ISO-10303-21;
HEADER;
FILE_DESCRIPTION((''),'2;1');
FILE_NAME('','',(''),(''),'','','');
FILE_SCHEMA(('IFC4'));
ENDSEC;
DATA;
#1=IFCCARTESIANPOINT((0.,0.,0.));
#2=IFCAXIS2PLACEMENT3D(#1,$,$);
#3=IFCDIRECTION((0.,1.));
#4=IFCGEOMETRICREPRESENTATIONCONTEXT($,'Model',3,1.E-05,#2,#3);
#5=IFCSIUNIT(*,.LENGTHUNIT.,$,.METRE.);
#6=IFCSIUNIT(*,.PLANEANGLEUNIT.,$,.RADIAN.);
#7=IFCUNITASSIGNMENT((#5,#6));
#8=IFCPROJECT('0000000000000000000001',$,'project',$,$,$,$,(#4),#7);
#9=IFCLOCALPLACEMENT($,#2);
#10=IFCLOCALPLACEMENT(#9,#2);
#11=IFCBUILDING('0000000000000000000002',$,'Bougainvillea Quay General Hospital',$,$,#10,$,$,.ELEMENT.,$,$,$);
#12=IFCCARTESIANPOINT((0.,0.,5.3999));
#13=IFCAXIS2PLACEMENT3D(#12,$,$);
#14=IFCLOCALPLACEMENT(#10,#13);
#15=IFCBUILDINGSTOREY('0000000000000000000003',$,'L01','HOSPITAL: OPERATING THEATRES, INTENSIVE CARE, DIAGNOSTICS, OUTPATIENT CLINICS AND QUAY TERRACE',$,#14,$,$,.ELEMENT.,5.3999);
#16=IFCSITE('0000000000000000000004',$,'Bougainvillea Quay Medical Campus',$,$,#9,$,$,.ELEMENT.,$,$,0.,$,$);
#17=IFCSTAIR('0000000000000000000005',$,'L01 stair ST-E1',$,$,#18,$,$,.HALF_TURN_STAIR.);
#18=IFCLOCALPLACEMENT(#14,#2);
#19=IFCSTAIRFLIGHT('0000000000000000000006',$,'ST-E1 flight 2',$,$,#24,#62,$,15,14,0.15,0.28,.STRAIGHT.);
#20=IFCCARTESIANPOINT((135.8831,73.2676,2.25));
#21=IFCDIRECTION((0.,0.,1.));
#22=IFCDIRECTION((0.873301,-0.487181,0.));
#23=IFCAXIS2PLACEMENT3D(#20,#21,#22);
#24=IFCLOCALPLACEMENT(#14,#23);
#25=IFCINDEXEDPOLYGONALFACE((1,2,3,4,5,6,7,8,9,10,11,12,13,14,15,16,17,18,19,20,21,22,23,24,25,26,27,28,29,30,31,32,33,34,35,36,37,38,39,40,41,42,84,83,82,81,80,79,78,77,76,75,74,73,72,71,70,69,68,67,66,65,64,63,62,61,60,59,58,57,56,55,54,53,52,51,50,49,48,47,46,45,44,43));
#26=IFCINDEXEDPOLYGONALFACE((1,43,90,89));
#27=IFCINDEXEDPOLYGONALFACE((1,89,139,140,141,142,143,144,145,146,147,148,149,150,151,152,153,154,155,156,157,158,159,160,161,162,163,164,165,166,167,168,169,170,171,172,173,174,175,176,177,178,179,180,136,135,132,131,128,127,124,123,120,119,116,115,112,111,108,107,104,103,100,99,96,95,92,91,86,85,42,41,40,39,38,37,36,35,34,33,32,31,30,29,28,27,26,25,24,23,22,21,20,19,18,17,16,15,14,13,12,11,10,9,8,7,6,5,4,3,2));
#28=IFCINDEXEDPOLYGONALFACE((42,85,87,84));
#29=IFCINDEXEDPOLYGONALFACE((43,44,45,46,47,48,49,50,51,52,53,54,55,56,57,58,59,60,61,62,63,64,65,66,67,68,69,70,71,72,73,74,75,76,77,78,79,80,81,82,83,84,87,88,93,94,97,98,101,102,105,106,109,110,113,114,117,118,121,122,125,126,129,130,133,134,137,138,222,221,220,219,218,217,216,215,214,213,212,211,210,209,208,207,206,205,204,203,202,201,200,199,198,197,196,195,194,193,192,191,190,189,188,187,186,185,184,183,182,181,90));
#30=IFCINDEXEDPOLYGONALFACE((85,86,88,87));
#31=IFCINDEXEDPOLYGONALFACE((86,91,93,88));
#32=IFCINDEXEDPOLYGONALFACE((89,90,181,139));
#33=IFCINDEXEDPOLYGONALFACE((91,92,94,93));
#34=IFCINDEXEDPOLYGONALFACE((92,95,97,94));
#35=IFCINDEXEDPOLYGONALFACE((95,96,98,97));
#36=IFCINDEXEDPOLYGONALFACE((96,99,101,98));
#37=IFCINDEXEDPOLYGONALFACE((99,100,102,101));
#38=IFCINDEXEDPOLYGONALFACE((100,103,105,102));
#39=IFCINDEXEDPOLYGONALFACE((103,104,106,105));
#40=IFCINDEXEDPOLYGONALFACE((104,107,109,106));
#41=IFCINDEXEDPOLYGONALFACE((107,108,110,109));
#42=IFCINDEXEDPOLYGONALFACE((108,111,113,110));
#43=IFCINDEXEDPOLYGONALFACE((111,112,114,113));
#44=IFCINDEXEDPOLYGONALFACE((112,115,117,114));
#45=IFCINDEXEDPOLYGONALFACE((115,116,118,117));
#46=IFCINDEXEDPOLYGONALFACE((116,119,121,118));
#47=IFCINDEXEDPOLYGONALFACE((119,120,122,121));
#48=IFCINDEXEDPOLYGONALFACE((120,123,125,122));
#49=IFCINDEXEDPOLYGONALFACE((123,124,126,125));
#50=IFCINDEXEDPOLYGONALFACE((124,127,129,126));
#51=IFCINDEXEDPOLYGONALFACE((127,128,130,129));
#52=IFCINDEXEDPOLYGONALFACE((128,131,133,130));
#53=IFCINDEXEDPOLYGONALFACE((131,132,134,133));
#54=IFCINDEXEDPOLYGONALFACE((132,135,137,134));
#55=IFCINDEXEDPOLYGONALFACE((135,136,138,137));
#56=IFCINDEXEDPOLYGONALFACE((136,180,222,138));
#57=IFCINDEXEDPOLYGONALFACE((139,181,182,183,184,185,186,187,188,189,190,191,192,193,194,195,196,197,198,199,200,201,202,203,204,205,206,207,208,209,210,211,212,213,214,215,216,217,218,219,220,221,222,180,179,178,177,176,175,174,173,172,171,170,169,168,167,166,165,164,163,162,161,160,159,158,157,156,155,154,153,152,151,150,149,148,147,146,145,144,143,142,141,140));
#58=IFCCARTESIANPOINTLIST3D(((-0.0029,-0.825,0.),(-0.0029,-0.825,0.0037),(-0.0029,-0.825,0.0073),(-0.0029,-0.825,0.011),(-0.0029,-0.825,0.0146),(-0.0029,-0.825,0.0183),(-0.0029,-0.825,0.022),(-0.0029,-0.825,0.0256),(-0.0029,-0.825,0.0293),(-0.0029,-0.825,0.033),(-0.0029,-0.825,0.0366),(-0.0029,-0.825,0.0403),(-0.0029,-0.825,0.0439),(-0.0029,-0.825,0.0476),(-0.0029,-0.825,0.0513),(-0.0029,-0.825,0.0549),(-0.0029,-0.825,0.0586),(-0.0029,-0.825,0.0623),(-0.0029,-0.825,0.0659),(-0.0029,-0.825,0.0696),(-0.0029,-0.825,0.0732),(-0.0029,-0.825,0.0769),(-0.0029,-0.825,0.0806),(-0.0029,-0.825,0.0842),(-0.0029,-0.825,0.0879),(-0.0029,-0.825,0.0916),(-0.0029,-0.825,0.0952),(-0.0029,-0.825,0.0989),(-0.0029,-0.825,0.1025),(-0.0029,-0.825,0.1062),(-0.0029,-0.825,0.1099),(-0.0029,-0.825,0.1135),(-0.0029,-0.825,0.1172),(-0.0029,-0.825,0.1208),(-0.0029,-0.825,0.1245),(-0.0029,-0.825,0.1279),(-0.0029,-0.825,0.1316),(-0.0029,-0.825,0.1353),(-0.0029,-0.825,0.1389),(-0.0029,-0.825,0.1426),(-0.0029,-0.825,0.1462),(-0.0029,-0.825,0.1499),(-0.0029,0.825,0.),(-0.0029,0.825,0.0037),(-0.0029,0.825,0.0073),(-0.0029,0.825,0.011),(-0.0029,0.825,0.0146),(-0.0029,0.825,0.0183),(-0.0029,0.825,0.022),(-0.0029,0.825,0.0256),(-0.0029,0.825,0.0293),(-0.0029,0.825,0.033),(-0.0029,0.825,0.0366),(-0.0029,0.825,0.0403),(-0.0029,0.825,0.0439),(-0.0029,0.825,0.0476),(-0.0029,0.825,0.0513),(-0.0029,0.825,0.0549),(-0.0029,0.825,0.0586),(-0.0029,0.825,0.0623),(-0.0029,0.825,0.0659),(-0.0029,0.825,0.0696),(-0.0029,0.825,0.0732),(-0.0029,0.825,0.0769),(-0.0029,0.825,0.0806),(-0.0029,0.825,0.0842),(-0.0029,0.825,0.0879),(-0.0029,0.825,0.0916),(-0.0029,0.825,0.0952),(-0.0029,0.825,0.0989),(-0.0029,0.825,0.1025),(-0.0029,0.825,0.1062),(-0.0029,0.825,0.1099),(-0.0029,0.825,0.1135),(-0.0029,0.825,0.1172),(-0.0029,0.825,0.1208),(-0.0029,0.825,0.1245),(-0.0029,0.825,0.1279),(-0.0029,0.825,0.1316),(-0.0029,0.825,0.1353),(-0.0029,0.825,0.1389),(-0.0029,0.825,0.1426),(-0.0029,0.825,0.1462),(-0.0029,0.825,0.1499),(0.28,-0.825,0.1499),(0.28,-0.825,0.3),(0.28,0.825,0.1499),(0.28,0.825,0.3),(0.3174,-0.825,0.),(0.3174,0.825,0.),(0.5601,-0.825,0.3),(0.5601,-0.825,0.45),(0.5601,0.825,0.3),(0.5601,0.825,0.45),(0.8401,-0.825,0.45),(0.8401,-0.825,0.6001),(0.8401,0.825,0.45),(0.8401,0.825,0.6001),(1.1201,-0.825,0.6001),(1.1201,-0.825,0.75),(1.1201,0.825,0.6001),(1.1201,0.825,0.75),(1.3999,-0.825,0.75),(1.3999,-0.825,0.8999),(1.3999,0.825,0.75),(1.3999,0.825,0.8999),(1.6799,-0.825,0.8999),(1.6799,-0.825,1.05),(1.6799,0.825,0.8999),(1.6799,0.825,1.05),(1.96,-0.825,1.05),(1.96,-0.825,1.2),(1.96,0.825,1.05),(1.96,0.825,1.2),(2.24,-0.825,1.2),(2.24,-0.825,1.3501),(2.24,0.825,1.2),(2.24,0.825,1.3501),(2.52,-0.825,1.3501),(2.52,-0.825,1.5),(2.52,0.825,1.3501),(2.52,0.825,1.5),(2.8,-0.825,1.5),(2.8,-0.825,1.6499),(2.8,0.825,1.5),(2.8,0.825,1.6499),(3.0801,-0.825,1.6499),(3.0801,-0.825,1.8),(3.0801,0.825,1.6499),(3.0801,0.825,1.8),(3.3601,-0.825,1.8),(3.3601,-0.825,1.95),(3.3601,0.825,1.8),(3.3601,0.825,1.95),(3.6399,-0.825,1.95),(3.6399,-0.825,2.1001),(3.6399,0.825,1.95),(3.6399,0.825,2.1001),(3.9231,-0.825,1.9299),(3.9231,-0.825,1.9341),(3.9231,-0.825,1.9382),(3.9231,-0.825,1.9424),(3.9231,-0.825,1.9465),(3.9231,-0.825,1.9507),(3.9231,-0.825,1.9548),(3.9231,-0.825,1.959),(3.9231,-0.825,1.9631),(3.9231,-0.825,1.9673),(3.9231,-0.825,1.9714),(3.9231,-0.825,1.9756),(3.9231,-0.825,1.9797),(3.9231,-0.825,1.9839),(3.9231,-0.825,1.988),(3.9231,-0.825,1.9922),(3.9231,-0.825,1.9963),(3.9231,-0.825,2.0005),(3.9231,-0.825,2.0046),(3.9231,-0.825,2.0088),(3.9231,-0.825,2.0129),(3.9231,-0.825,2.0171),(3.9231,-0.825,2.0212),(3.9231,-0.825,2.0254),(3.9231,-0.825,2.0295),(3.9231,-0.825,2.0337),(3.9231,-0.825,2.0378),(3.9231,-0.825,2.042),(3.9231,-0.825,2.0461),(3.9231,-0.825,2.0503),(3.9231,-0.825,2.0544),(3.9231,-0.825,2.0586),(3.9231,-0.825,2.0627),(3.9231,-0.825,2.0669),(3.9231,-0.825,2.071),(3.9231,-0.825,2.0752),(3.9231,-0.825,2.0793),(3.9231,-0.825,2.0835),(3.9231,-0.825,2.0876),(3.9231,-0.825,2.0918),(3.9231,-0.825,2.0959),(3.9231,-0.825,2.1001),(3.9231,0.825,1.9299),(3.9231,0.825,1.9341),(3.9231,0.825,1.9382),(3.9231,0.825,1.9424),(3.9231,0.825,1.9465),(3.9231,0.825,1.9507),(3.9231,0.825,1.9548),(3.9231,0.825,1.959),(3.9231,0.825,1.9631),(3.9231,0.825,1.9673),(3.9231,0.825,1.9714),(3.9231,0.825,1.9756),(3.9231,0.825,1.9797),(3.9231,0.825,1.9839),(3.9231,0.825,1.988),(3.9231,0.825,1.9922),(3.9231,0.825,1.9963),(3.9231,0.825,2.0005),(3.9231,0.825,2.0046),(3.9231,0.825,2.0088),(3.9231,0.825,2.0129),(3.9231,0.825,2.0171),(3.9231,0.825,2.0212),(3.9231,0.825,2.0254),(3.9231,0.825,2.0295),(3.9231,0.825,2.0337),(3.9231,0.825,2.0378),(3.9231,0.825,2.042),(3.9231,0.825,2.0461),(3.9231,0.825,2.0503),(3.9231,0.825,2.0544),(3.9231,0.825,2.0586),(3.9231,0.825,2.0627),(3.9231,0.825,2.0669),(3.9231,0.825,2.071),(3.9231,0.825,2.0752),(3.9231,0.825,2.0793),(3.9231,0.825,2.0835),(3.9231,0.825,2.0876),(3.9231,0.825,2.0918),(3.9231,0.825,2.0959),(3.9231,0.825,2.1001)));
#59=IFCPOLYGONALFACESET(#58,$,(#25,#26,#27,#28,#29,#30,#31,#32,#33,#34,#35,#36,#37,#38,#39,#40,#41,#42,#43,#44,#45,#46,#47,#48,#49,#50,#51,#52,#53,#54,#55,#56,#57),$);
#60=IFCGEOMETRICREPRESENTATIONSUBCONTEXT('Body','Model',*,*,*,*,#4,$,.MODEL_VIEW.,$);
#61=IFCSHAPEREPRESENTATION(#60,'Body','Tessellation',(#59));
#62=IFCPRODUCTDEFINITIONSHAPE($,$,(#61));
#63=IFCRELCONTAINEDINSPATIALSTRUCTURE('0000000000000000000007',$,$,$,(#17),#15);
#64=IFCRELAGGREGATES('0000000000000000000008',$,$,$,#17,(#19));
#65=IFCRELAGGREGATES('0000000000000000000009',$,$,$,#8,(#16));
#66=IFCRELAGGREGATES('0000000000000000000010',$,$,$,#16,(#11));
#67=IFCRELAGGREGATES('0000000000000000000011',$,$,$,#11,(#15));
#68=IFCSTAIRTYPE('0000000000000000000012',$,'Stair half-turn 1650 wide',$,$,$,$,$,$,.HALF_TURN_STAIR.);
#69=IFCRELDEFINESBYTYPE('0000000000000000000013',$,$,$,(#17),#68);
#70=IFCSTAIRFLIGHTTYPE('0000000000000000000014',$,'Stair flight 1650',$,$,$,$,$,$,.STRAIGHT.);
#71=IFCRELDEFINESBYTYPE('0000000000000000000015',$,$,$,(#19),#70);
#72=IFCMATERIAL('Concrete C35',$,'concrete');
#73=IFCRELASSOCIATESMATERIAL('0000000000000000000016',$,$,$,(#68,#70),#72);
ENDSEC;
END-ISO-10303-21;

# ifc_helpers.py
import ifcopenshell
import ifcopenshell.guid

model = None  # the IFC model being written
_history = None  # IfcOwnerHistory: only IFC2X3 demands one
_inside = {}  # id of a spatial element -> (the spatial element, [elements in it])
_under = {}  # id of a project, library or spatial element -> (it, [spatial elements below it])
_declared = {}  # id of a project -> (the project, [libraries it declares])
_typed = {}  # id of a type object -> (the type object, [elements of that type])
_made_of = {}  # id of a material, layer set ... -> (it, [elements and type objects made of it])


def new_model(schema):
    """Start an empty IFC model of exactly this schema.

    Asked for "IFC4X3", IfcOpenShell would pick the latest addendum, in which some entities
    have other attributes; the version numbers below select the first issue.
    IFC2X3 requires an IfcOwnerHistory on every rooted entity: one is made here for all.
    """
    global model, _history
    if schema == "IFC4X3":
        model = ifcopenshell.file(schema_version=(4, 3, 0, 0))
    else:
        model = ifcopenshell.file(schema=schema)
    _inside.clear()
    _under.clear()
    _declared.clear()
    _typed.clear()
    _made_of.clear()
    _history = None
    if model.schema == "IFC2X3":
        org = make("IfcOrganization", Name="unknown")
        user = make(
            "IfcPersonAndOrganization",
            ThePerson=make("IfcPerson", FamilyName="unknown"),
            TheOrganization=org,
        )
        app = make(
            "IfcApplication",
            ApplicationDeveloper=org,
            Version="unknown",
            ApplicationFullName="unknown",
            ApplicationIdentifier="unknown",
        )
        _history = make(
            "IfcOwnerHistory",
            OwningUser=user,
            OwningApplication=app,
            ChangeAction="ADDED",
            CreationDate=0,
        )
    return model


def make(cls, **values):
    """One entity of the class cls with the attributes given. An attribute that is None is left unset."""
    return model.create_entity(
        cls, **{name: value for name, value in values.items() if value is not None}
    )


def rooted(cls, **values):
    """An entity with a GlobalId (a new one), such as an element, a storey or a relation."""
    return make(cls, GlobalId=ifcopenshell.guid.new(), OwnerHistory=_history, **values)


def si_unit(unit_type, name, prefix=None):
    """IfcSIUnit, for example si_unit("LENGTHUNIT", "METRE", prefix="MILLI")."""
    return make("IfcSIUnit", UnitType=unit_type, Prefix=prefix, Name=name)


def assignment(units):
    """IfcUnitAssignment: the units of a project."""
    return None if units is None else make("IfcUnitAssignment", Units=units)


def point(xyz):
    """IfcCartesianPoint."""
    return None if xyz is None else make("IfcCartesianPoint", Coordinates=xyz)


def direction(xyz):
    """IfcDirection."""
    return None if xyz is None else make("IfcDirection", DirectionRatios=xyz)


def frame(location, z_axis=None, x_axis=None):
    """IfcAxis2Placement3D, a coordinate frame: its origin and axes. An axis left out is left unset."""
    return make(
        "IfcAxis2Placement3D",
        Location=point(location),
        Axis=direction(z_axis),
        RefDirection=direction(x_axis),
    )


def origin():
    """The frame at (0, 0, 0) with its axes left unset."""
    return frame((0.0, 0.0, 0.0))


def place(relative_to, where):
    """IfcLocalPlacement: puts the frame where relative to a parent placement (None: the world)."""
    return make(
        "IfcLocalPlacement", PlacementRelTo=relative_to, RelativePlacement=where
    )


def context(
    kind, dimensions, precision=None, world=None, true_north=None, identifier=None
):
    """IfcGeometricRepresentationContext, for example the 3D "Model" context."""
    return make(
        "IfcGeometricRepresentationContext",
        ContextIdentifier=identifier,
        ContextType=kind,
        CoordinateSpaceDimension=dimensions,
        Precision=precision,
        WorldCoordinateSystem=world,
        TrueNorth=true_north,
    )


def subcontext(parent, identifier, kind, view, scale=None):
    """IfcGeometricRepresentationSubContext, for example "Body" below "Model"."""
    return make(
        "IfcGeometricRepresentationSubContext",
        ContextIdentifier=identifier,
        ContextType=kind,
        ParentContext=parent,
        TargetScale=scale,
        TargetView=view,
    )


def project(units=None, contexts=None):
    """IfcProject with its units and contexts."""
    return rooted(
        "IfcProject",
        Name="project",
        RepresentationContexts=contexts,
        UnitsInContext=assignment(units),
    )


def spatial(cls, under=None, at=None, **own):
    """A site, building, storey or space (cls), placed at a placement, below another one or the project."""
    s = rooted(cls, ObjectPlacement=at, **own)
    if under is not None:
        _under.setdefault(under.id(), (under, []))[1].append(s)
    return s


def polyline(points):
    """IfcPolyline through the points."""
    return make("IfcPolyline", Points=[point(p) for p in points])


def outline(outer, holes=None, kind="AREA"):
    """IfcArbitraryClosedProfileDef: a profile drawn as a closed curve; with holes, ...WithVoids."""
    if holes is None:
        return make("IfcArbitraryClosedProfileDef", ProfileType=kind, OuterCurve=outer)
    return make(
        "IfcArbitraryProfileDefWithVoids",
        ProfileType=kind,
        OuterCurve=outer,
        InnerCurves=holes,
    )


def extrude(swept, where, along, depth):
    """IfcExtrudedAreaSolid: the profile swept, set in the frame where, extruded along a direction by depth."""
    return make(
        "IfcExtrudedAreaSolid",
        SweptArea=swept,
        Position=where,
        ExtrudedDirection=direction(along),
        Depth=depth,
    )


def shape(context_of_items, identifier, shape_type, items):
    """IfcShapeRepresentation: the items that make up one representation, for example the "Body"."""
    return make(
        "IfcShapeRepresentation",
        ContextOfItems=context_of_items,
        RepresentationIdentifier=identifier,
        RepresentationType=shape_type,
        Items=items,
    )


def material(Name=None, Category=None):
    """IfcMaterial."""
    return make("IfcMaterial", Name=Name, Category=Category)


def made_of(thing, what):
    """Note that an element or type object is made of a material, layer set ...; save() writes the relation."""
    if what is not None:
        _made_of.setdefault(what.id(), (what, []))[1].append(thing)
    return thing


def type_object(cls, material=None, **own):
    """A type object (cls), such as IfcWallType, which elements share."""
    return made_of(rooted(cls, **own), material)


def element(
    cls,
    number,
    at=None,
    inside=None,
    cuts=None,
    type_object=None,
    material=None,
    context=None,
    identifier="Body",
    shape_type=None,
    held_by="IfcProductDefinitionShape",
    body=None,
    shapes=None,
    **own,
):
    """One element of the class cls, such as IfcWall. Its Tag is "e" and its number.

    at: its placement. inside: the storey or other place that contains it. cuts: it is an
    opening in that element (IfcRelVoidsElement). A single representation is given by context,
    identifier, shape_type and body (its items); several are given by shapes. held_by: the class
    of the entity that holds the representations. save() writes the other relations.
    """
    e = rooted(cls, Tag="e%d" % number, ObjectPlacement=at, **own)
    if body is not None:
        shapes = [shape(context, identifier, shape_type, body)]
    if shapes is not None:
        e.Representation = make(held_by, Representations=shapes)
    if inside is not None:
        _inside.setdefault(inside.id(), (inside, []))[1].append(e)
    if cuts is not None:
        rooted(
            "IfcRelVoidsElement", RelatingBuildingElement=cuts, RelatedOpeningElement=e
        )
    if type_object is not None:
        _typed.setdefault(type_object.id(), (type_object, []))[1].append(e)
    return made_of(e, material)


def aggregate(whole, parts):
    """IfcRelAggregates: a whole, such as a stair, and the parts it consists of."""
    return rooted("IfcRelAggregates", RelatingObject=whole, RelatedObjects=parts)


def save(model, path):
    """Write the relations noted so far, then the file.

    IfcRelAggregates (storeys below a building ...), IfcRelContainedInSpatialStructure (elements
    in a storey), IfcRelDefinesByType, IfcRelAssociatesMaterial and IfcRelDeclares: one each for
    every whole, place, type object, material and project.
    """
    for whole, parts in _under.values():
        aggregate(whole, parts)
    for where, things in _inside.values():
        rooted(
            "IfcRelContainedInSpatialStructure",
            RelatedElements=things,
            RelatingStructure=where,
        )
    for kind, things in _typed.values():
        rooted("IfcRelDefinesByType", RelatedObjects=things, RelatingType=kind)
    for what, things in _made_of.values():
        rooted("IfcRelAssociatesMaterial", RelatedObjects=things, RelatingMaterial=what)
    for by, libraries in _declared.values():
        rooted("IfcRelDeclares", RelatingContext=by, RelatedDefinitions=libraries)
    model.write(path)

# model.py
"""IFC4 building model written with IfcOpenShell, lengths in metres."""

from ifc_helpers import new_model, si_unit, direction, frame, origin, place, context, subcontext, project, spatial, polyline, outline, extrude, material, type_object, element, aggregate, save


model = new_model("IFC4")

# Units and contexts
model_context = context("Model", 3, precision=1e-05, world=origin(), true_north=direction((0.0, 1.0)))
body_context = subcontext(model_context, "Body", "Model", "MODEL_VIEW")
ifc_project = project(units=[si_unit("LENGTHUNIT", "METRE"), si_unit("PLANEANGLEUNIT", "RADIAN")], contexts=[model_context])

# Site, building, storey
site_placement = place(None, origin())
site = spatial("IfcSite", under=ifc_project, at=site_placement, Name="Bougainvillea Quay Medical Campus", CompositionType="ELEMENT", RefElevation=0.0)
building_placement = place(site_placement, origin())
building = spatial("IfcBuilding", under=site, at=building_placement, Name="Bougainvillea Quay General Hospital", CompositionType="ELEMENT")
storey_placement = place(building_placement, frame((0.0, 0.0, 5.3999)))
storey = spatial("IfcBuildingStorey", under=building, at=storey_placement, Name="L01", Description="HOSPITAL: OPERATING THEATRES, INTENSIVE CARE, DIAGNOSTICS, OUTPATIENT CLINICS AND QUAY TERRACE", CompositionType="ELEMENT", Elevation=5.3999)

# Stair, stair flight
ifc_material_1 = material(Name="Concrete C35", Category="concrete")
stair_type = type_object("IfcStairType", Name="Stair half-turn 1650 wide", PredefinedType="HALF_TURN_STAIR", material=ifc_material_1)
stair_placement = place(storey_placement, origin())
stair = element("IfcStair", 1, at=stair_placement, inside=storey, type_object=stair_type, Name="L01 stair ST-E1", PredefinedType="HALF_TURN_STAIR")
stair_flight_type = type_object("IfcStairFlightType", Name="Stair flight 1650", PredefinedType="STRAIGHT", material=ifc_material_1)
stair_flight_placement = place(storey_placement, frame((135.8831, 73.2676, 2.25), z_axis=(0.0, 0.0, 1.0), x_axis=(0.873301, -0.487181, 0.0)))
stair_flight = element("IfcStairFlight", 2, at=stair_flight_placement, type_object=stair_flight_type, Name="ST-E1 flight 2", NumberOfRisers=15, NumberOfTreads=14, PredefinedType="STRAIGHT", RiserHeight=0.15, TreadLength=0.28, context=body_context, shape_type="SweptSolid", body=[
    extrude(outline(polyline([(-0.0029, 0.0), (-0.0029, 0.0037), (-0.0029, 0.0073), (-0.0029, 0.011), (-0.0029, 0.0146), (-0.0029, 0.0183), (-0.0029, 0.022), (-0.0029, 0.0256), (-0.0029, 0.0293), (-0.0029, 0.033), (-0.0029, 0.0366), (-0.0029, 0.0403), (-0.0029, 0.0439), (-0.0029, 0.0476), (-0.0029, 0.0513), (-0.0029, 0.0549), (-0.0029, 0.0586), (-0.0029, 0.0623), (-0.0029, 0.0659), (-0.0029, 0.0696), (-0.0029, 0.0732), (-0.0029, 0.0769), (-0.0029, 0.0806), (-0.0029, 0.0842), (-0.0029, 0.0879), (-0.0029, 0.0916), (-0.0029, 0.0952), (-0.0029, 0.0989), (-0.0029, 0.1025), (-0.0029, 0.1062), (-0.0029, 0.1099), (-0.0029, 0.1135), (-0.0029, 0.1172), (-0.0029, 0.1208), (-0.0029, 0.1245), (-0.0029, 0.1279), (-0.0029, 0.1316), (-0.0029, 0.1353), (-0.0029, 0.1389), (-0.0029, 0.1426), (-0.0029, 0.1462), (-0.0029, 0.1499), (0.28, 0.1499), (0.28, 0.3), (0.5601, 0.3), (0.5601, 0.45), (0.8401, 0.45), (0.8401, 0.6001), (1.1201, 0.6001), (1.1201, 0.75), (1.3999, 0.75), (1.3999, 0.8999), (1.6799, 0.8999), (1.6799, 1.05), (1.96, 1.05), (1.96, 1.2), (2.24, 1.2), (2.24, 1.3501), (2.52, 1.3501), (2.52, 1.5), (2.8, 1.5), (2.8, 1.6499), (3.0801, 1.6499), (3.0801, 1.8), (3.3601, 1.8), (3.3601, 1.95), (3.6399, 1.95), (3.6399, 2.1001), (3.9231, 2.1001), (3.9231, 2.0959), (3.9231, 2.0918), (3.9231, 2.0876), (3.9231, 2.0835), (3.9231, 2.0793), (3.9231, 2.0752), (3.9231, 2.071), (3.9231, 2.0669), (3.9231, 2.0627), (3.9231, 2.0586), (3.9231, 2.0544), (3.9231, 2.0503), (3.9231, 2.0461), (3.9231, 2.042), (3.9231, 2.0378), (3.9231, 2.0337), (3.9231, 2.0295), (3.9231, 2.0254), (3.9231, 2.0212), (3.9231, 2.0171), (3.9231, 2.0129), (3.9231, 2.0088), (3.9231, 2.0046), (3.9231, 2.0005), (3.9231, 1.9963), (3.9231, 1.9922), (3.9231, 1.988), (3.9231, 1.9839), (3.9231, 1.9797), (3.9231, 1.9756), (3.9231, 1.9714), (3.9231, 1.9673), (3.9231, 1.9631), (3.9231, 1.959), (3.9231, 1.9548), (3.9231, 1.9507), (3.9231, 1.9465), (3.9231, 1.9424), (3.9231, 1.9382), (3.9231, 1.9341), (3.9231, 1.9299), (0.3174, 0.0), (-0.0029, 0.0)])), frame((0.0, 0.825, 0.0), z_axis=(0.0, -1.0, 0.0), x_axis=(1.0, 0.0, 0.0)), (0.0, 0.0, 1.0), 1.6499),
])
aggregate(stair, [stair_flight])

save(model, "model.ifc")
